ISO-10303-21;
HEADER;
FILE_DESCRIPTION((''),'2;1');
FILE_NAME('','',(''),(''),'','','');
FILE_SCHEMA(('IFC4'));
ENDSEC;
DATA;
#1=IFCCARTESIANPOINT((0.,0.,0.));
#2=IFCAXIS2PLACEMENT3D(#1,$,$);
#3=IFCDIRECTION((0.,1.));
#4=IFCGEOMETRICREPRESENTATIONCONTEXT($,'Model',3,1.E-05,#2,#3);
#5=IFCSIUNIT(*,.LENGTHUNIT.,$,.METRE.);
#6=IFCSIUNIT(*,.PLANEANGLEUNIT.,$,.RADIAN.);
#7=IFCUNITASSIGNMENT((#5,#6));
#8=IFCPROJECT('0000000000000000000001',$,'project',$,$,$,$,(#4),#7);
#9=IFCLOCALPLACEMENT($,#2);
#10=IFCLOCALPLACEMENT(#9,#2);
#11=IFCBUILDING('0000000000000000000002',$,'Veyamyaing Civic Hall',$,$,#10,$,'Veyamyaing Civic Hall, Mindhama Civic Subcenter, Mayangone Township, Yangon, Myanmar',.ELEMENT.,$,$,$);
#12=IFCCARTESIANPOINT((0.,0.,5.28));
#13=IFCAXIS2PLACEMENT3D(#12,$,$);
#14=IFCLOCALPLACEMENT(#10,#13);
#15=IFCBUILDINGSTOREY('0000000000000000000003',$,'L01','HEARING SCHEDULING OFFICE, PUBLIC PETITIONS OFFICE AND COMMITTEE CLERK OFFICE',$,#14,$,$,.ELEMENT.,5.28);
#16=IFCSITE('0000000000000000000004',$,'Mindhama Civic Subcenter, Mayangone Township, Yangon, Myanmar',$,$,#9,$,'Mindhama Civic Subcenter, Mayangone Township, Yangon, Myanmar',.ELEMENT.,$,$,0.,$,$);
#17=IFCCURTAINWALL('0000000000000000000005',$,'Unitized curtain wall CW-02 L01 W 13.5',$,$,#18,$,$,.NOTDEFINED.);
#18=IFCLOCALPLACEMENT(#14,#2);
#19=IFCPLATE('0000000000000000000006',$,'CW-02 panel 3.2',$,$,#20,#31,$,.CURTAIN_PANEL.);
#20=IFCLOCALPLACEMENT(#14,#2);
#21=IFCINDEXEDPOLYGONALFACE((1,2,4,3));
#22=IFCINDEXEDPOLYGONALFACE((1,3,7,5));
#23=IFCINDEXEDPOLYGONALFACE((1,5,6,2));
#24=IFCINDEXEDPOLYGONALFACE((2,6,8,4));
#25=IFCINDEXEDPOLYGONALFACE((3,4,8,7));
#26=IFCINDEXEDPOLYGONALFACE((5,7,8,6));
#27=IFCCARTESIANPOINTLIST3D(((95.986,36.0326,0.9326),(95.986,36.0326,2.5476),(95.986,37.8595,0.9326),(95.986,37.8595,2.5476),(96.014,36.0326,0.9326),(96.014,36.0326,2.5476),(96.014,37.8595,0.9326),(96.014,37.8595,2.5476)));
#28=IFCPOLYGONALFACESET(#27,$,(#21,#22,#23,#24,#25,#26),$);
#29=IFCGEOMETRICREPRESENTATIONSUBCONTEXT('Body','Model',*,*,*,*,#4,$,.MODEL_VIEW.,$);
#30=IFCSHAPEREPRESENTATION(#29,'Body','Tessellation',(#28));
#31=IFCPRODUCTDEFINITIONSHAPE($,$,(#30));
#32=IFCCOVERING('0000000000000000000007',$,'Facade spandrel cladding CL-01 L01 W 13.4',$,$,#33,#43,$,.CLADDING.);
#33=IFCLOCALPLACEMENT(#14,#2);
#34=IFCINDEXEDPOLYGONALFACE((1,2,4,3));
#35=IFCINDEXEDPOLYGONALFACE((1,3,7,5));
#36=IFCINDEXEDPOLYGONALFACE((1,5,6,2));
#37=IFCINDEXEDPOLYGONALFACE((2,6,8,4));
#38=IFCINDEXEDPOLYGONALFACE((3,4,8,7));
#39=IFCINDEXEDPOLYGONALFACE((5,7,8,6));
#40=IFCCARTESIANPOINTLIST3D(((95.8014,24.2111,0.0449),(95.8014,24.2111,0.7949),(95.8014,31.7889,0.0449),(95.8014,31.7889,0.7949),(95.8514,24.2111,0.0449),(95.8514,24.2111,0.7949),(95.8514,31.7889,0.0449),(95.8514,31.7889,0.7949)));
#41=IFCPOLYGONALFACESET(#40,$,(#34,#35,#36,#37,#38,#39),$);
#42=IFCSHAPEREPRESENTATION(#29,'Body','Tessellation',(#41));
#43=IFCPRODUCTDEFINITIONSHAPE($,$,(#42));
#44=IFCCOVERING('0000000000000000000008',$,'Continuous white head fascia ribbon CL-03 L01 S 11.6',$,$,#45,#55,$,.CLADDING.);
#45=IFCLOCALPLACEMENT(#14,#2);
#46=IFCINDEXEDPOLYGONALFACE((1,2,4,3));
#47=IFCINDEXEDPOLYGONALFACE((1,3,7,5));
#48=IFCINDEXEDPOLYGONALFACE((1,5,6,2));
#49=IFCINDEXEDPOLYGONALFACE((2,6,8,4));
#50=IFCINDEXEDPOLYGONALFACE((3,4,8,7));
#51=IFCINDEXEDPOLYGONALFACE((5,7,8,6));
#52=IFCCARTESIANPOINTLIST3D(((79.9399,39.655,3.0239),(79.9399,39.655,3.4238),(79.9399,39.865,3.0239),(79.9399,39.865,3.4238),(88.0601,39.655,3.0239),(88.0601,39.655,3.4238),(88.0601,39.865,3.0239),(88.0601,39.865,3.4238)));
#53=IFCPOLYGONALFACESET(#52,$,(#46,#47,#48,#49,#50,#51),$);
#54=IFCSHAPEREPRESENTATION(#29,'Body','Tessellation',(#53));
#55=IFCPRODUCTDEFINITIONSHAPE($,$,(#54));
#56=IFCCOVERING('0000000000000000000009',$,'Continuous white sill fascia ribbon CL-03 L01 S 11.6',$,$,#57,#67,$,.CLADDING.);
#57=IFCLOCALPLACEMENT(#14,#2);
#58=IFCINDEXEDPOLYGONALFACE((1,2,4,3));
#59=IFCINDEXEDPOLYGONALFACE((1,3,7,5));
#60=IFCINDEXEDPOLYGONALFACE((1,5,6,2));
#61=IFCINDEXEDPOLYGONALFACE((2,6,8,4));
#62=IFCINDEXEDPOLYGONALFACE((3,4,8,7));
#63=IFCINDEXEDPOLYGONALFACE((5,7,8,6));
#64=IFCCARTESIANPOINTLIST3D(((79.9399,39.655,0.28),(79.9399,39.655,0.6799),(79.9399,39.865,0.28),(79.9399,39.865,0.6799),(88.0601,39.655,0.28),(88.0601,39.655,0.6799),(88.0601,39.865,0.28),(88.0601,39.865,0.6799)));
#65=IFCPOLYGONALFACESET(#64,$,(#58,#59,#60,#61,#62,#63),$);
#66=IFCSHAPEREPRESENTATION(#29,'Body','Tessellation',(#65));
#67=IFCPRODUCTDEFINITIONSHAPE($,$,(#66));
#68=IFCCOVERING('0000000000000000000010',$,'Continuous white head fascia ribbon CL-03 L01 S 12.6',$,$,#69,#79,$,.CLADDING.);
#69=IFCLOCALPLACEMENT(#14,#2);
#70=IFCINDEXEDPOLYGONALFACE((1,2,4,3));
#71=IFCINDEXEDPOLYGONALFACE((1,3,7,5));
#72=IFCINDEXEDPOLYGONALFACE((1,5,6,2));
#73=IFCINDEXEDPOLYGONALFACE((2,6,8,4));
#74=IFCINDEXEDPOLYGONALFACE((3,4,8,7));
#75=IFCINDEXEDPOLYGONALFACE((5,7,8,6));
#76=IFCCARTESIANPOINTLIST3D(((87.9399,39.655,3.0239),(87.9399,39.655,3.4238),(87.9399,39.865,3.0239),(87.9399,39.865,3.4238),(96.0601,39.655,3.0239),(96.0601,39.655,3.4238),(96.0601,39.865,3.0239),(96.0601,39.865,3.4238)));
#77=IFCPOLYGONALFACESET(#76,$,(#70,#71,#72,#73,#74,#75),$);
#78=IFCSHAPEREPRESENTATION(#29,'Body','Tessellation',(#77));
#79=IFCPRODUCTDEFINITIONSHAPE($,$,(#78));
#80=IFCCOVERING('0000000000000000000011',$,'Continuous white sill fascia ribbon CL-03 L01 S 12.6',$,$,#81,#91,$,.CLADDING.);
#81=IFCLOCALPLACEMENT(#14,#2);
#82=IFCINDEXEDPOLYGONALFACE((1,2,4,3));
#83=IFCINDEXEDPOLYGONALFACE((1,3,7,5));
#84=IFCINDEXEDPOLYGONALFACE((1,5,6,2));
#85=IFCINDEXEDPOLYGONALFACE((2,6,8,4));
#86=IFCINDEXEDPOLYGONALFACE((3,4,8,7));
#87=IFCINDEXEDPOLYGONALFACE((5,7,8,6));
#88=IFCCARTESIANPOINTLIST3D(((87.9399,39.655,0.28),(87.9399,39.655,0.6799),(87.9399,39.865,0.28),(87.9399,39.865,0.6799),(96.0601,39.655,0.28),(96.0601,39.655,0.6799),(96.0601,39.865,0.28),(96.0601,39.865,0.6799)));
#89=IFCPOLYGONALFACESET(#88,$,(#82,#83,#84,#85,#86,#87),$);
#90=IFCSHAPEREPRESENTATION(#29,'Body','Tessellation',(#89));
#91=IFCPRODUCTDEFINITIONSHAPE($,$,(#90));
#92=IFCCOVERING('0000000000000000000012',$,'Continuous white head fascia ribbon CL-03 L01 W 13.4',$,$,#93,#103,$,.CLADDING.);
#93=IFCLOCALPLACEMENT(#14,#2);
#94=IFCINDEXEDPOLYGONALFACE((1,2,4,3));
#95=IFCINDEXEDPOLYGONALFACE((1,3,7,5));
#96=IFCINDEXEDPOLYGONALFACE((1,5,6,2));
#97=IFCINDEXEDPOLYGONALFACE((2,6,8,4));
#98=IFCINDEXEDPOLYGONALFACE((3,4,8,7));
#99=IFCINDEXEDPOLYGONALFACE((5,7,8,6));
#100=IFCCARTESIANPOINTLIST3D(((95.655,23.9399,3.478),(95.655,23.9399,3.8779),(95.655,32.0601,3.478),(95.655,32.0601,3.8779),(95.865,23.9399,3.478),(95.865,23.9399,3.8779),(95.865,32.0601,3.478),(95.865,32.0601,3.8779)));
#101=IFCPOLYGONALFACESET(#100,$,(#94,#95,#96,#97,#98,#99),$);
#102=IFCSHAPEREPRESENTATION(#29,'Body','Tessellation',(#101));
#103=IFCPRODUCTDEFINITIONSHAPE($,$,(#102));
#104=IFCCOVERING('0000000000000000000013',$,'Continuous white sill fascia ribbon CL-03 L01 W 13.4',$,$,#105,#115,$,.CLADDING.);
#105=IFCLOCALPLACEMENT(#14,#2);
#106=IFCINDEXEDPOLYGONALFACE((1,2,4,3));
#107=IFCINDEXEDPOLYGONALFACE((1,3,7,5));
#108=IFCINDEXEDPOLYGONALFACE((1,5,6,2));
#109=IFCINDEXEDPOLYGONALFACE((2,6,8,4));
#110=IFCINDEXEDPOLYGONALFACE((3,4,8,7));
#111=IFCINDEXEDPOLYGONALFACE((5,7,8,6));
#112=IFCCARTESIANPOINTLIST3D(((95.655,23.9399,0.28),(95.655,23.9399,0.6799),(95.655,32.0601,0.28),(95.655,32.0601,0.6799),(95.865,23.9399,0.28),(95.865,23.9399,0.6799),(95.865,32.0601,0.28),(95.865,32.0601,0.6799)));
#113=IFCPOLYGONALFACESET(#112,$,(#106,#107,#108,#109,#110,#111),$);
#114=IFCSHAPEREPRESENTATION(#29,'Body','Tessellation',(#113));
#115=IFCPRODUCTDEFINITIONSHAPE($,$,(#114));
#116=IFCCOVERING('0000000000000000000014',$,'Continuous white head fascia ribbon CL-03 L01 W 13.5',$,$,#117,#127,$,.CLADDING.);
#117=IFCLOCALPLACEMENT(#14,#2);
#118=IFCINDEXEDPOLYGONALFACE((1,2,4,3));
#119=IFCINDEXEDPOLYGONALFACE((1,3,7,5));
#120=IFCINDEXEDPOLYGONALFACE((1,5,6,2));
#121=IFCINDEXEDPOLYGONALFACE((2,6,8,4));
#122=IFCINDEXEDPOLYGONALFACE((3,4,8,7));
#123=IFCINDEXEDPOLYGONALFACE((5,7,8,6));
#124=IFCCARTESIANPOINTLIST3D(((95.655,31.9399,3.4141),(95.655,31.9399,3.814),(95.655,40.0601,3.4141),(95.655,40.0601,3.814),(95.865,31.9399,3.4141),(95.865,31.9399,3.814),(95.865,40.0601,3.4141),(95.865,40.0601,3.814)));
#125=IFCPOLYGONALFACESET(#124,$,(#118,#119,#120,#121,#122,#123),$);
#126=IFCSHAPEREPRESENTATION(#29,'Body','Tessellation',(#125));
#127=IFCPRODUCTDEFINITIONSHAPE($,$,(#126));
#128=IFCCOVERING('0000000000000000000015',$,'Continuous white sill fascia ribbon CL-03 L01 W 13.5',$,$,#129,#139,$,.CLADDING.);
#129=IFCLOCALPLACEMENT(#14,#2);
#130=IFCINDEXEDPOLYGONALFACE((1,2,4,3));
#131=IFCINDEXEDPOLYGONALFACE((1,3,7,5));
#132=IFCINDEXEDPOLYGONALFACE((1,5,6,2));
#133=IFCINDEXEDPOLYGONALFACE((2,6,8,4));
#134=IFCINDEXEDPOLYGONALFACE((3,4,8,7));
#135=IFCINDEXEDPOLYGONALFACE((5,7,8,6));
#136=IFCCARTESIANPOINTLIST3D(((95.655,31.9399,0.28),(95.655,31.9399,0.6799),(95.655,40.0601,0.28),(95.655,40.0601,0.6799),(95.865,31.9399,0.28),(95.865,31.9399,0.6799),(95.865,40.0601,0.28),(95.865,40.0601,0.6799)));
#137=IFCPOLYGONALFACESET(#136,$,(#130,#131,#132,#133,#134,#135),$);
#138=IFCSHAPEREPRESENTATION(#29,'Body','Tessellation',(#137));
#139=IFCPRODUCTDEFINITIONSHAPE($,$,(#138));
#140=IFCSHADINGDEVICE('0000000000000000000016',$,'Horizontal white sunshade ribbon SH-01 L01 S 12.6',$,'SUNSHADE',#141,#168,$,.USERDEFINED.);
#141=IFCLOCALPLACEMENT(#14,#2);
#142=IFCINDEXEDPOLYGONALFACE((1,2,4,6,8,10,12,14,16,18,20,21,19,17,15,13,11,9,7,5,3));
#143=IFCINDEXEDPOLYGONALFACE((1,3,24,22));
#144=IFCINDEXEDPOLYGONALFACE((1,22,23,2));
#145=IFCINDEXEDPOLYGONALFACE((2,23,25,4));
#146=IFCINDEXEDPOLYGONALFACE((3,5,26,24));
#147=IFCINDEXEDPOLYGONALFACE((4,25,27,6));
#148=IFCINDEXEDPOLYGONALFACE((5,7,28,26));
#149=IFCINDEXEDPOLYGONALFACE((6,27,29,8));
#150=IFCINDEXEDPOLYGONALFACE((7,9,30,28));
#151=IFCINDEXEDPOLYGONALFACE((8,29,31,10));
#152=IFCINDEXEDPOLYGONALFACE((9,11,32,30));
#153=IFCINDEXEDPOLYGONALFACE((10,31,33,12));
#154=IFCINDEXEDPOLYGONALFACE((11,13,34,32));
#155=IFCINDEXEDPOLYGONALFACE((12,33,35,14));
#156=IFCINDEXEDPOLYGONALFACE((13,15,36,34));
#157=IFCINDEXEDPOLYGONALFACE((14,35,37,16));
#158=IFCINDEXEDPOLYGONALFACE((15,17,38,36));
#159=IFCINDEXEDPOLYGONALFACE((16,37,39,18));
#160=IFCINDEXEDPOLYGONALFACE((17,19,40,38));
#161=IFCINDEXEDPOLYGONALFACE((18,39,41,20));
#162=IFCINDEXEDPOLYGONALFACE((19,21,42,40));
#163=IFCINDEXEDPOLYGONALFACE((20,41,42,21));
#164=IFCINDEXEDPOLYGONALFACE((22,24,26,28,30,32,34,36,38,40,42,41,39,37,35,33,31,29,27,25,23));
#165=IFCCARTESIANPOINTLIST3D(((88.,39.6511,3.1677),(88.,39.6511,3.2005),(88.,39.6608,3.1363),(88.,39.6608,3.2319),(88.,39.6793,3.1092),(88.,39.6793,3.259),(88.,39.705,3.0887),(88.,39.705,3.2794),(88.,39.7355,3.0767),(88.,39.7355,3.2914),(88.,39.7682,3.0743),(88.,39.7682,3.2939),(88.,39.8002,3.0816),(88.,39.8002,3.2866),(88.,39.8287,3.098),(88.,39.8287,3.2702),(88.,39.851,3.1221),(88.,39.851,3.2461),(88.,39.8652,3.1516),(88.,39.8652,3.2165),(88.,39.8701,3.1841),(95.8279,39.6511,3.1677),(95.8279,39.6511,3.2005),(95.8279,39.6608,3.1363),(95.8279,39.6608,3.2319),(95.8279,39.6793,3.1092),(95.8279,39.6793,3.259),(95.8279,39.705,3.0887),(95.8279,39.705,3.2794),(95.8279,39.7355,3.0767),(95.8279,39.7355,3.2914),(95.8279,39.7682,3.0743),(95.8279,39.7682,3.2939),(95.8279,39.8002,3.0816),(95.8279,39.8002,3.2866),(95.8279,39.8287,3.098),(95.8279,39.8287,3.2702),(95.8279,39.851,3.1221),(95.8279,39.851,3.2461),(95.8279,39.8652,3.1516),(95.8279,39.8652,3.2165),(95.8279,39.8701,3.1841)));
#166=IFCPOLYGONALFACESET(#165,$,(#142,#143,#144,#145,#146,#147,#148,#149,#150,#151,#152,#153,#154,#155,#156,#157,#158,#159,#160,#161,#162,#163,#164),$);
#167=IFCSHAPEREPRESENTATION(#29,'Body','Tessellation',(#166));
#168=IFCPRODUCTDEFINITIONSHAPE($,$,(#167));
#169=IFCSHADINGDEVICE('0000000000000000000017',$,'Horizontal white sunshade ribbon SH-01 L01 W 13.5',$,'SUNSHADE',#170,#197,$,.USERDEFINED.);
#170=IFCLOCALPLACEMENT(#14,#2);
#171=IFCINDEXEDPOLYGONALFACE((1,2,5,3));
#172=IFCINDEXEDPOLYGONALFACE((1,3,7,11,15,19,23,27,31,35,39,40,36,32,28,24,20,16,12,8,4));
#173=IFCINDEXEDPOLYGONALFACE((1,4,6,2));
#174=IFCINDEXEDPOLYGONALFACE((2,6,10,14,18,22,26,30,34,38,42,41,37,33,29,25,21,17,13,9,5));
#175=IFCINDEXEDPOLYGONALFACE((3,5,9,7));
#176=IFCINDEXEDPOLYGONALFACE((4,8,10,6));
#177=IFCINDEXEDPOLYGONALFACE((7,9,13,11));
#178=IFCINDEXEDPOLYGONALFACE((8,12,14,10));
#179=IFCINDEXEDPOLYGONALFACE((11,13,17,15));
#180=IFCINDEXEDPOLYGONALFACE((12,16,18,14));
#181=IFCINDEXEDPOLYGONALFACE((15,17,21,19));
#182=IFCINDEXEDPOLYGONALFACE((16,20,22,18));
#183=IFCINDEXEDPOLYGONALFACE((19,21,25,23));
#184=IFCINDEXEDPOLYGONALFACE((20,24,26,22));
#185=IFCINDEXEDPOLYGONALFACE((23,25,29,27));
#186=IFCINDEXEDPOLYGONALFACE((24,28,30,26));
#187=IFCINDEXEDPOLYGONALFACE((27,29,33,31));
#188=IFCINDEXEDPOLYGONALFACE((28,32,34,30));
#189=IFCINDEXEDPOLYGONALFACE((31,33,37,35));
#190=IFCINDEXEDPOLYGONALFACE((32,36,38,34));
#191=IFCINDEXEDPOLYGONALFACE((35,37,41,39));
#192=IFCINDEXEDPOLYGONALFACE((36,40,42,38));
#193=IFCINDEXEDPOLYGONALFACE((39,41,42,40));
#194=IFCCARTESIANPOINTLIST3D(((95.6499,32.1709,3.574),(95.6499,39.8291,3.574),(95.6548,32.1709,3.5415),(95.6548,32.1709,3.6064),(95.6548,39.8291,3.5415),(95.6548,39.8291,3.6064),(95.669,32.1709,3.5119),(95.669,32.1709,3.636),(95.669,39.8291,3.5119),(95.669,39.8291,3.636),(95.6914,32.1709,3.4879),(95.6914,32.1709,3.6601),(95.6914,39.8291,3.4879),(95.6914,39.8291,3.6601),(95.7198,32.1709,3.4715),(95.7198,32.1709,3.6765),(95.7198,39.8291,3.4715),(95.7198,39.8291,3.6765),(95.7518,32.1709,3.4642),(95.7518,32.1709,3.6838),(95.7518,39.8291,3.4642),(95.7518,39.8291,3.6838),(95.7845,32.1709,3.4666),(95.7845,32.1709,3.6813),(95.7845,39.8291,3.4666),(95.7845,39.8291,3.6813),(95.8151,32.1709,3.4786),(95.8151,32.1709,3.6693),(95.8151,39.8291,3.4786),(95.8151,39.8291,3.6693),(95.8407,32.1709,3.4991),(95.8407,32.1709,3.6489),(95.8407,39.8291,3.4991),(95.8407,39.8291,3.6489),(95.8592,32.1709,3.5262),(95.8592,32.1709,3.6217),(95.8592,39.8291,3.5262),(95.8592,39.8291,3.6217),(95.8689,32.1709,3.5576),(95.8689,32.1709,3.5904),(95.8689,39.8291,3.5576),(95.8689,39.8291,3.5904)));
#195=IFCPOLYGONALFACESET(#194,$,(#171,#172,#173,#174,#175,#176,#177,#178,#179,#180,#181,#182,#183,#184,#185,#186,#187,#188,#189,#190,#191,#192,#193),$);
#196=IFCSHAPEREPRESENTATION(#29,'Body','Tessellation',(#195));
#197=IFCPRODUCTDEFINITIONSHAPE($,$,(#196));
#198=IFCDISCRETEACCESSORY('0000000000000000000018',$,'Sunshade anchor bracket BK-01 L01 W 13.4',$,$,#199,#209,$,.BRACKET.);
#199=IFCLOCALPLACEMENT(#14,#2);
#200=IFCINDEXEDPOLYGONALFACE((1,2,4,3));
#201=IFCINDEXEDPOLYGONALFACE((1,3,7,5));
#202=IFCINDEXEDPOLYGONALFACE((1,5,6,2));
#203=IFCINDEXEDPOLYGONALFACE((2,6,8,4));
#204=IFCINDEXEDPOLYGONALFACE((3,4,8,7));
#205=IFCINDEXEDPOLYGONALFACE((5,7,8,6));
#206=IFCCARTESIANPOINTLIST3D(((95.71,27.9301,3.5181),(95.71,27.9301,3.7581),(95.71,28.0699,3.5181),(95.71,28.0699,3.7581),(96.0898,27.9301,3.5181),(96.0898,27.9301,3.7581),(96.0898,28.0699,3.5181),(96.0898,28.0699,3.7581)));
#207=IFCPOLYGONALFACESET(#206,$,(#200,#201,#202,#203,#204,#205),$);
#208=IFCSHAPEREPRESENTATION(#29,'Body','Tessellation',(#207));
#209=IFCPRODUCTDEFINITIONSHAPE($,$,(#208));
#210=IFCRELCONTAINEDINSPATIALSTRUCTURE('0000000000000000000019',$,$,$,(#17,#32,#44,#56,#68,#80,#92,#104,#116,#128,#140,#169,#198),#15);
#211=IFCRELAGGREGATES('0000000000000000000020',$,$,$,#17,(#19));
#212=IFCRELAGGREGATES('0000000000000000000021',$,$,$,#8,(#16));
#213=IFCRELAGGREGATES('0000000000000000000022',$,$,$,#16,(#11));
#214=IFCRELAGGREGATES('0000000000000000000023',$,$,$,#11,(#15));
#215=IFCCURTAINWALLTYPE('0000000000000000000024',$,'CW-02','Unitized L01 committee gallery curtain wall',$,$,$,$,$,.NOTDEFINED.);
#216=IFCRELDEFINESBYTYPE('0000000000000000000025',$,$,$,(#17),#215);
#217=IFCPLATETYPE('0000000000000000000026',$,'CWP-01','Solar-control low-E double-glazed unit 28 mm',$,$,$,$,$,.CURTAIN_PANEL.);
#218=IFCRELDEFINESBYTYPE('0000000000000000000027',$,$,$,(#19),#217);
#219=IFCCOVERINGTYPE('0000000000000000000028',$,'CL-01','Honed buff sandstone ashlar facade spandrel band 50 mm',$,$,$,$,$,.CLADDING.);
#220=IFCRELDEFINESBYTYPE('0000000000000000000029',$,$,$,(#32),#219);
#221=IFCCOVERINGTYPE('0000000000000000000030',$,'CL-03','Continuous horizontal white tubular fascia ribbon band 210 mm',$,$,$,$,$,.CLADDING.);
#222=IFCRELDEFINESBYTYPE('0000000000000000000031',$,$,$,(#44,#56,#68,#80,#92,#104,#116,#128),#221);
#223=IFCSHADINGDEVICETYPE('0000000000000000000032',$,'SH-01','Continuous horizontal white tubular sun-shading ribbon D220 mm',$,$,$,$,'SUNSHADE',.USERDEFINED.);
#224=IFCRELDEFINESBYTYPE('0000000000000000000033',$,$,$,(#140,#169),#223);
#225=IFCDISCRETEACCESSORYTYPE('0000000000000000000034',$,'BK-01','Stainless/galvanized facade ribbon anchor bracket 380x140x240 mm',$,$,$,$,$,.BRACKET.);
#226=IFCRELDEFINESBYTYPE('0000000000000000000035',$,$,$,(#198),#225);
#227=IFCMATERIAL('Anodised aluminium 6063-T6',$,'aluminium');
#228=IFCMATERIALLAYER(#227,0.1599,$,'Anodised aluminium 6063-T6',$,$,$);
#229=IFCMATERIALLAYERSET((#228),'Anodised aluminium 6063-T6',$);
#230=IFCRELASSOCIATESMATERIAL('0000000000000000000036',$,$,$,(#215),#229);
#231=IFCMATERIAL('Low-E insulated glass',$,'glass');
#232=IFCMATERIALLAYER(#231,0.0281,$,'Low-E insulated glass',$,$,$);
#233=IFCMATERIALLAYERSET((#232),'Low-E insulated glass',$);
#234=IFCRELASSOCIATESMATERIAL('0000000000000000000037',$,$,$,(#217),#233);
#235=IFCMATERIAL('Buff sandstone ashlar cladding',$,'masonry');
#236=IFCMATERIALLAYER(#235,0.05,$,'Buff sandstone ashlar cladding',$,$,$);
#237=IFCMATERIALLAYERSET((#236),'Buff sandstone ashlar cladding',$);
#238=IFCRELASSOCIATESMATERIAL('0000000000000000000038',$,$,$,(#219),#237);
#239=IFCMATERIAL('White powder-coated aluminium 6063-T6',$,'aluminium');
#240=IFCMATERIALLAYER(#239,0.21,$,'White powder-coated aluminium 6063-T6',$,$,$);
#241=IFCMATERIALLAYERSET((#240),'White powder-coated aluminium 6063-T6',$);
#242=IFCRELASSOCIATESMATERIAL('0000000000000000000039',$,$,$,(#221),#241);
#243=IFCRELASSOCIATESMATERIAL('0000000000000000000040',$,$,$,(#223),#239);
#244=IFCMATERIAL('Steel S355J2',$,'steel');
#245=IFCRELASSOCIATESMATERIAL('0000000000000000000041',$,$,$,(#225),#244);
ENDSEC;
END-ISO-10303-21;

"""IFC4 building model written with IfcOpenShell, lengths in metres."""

from ifc_helpers import new_model, si_unit, direction, frame, origin, origin_2d, place, context, subcontext, project, spatial, rectangle, circle, extrude, material, layer, layer_set, material_profile, profile_set, type_object, element, aggregate, save


model = new_model("IFC4")

# Units and contexts
model_context = context("Model", 3, precision=1e-05, world=origin(), true_north=direction((0.0, 1.0)))
body_context = subcontext(model_context, "Body", "Model", "MODEL_VIEW")
ifc_project = project(units=[si_unit("LENGTHUNIT", "METRE"), si_unit("PLANEANGLEUNIT", "RADIAN")], contexts=[model_context])

# Site, building, storey
site_placement = place(None, origin())
site = spatial("IfcSite", under=ifc_project, at=site_placement, Name="Mindhama Civic Subcenter, Mayangone Township, Yangon, Myanmar", LongName="Mindhama Civic Subcenter, Mayangone Township, Yangon, Myanmar", CompositionType="ELEMENT", RefElevation=0.0)
building_placement = place(site_placement, origin())
building = spatial("IfcBuilding", under=site, at=building_placement, Name="Veyamyaing Civic Hall", LongName="Veyamyaing Civic Hall, Mindhama Civic Subcenter, Mayangone Township, Yangon, Myanmar", CompositionType="ELEMENT")
storey_placement = place(building_placement, frame((0.0, 0.0, 5.28)))
storey = spatial("IfcBuildingStorey", under=building, at=storey_placement, Name="L01", Description="HEARING SCHEDULING OFFICE, PUBLIC PETITIONS OFFICE AND COMMITTEE CLERK OFFICE", CompositionType="ELEMENT", Elevation=5.28)

# Shared definitions
ifc_material_1 = material(Name="Steel S355J2", Category="steel")

# Curtain wall, plate
ifc_material_2 = material(Name="Anodised aluminium 6063-T6", Category="aluminium")
ifc_layer_1 = layer(ifc_material_2, 0.1599, Name="Anodised aluminium 6063-T6")
ifc_layer_set_1 = layer_set([ifc_layer_1], Name="Anodised aluminium 6063-T6")
curtain_wall_type = type_object("IfcCurtainWallType", Name="CW-02", Description="Unitized L01 committee gallery curtain wall", PredefinedType="NOTDEFINED", material=ifc_layer_set_1)
curtain_wall_placement = place(storey_placement, origin())
curtain_wall = element("IfcCurtainWall", 1, at=curtain_wall_placement, inside=storey, type_object=curtain_wall_type, Name="Unitized curtain wall CW-02 L01 W 13.5", PredefinedType="NOTDEFINED")
ifc_material_3 = material(Name="Low-E insulated glass", Category="glass")
ifc_layer_2 = layer(ifc_material_3, 0.0281, Name="Low-E insulated glass")
ifc_layer_set_2 = layer_set([ifc_layer_2], Name="Low-E insulated glass")
plate_type = type_object("IfcPlateType", Name="CWP-01", Description="Solar-control low-E double-glazed unit 28 mm", PredefinedType="CURTAIN_PANEL", material=ifc_layer_set_2)
plate_1_placement = place(storey_placement, frame((96.0, 36.946, 0.9326), z_axis=(0.0, 0.0, 1.0), x_axis=(0.0, 1.0, 0.0)))
plate_1 = element("IfcPlate", 2, at=plate_1_placement, type_object=plate_type, Name="CW-02 panel 3.2", PredefinedType="CURTAIN_PANEL", context=body_context, shape_type="SweptSolid", body=[
    extrude(rectangle(XDim=1.8269, YDim=0.0281, at=origin_2d()), origin(), (0.0, 0.0, 1.0), 1.615),
])
aggregate(curtain_wall, [plate_1])

# Coverings
ifc_material_4 = material(Name="Buff sandstone ashlar cladding", Category="masonry")
ifc_layer_3 = layer(ifc_material_4, 0.05, Name="Buff sandstone ashlar cladding")
ifc_layer_set_3 = layer_set([ifc_layer_3], Name="Buff sandstone ashlar cladding")
covering_type_1 = type_object("IfcCoveringType", Name="CL-01", Description="Honed buff sandstone ashlar facade spandrel band 50 mm", PredefinedType="CLADDING", material=ifc_layer_set_3)
covering_placement = place(storey_placement, frame((95.8264, 28.0, 0.0449), z_axis=(0.0, 0.0, 1.0), x_axis=(0.0, 1.0, 0.0)))
element("IfcCovering", 3, at=covering_placement, inside=storey, type_object=covering_type_1, Name="Facade spandrel cladding CL-01 L01 W 13.4", PredefinedType="CLADDING", context=body_context, shape_type="SweptSolid", body=[
    extrude(rectangle(XDim=7.5779, YDim=0.05, at=origin_2d()), origin(), (0.0, 0.0, 1.0), 0.75),
])
ifc_material_5 = material(Name="White powder-coated aluminium 6063-T6", Category="aluminium")
ifc_layer_4 = layer(ifc_material_5, 0.21, Name="White powder-coated aluminium 6063-T6")
ifc_layer_set_4 = layer_set([ifc_layer_4], Name="White powder-coated aluminium 6063-T6")
covering_type_2 = type_object("IfcCoveringType", Name="CL-03", Description="Continuous horizontal white tubular fascia ribbon band 210 mm", PredefinedType="CLADDING", material=ifc_layer_set_4)
for number, where, z_axis, x_axis, name in (
    (4, (84.0, 39.76, 3.0239), (0.0, 0.0, 1.0), (1.0, 0.0, 0.0), "Continuous white head fascia ribbon CL-03 L01 S 11.6"),
    (5, (84.0, 39.76, 0.28), (0.0, 0.0, 1.0), (1.0, 0.0, 0.0), "Continuous white sill fascia ribbon CL-03 L01 S 11.6"),
    (6, (92.0, 39.76, 3.0239), (0.0, 0.0, 1.0), (1.0, 0.0, 0.0), "Continuous white head fascia ribbon CL-03 L01 S 12.6"),
    (7, (92.0, 39.76, 0.28), (0.0, 0.0, 1.0), (1.0, 0.0, 0.0), "Continuous white sill fascia ribbon CL-03 L01 S 12.6"),
    (8, (95.76, 28.0, 3.478), (0.0, 0.0, 1.0), (0.0, 1.0, 0.0), "Continuous white head fascia ribbon CL-03 L01 W 13.4"),
    (9, (95.76, 28.0, 0.28), (0.0, 0.0, 1.0), (0.0, 1.0, 0.0), "Continuous white sill fascia ribbon CL-03 L01 W 13.4"),
    (10, (95.76, 36.0, 3.4141), (0.0, 0.0, 1.0), (0.0, 1.0, 0.0), "Continuous white head fascia ribbon CL-03 L01 W 13.5"),
    (11, (95.76, 36.0, 0.28), (0.0, 0.0, 1.0), (0.0, 1.0, 0.0), "Continuous white sill fascia ribbon CL-03 L01 W 13.5"),
):
    element("IfcCovering", number, at=place(storey_placement, frame(where, z_axis=z_axis, x_axis=x_axis)), inside=storey, type_object=covering_type_2, Name=name, PredefinedType="CLADDING", context=body_context, shape_type="SweptSolid", body=[
        extrude(rectangle(XDim=8.1201, YDim=0.21, at=origin_2d()), origin(), (0.0, 0.0, 1.0), 0.3999),
    ])

# Shading devices
ifc_material_profile_1 = material_profile(ifc_material_5, circle(Radius=0.1101, at=origin_2d()), Name="SHADE-TUBE-220")
ifc_profile_set_1 = profile_set([ifc_material_profile_1], Name="White powder-coated aluminium 6063-T6")
shading_device_type = type_object("IfcShadingDeviceType", Name="SH-01", Description="Continuous horizontal white tubular sun-shading ribbon D220 mm", ElementType="SUNSHADE", PredefinedType="USERDEFINED", material=ifc_profile_set_1)
shading_device_1_placement = place(storey_placement, frame((88.0, 39.76, 3.1841), z_axis=(1.0, 0.0, 0.0), x_axis=(0.0, 1.0, 0.0)))
element("IfcShadingDevice", 12, at=shading_device_1_placement, inside=storey, type_object=shading_device_type, Name="Horizontal white sunshade ribbon SH-01 L01 S 12.6", ObjectType="SUNSHADE", PredefinedType="USERDEFINED", context=body_context, shape_type="SweptSolid", body=[
    extrude(circle(Radius=0.1101, at=origin_2d()), origin(), (0.0, 0.0, 1.0), 7.8279),
])
shading_device_2_placement = place(storey_placement, frame((95.76, 32.1709, 3.574), z_axis=(0.0, 1.0, 0.0), x_axis=(-1.0, 0.0, 0.0)))
element("IfcShadingDevice", 13, at=shading_device_2_placement, inside=storey, type_object=shading_device_type, Name="Horizontal white sunshade ribbon SH-01 L01 W 13.5", ObjectType="SUNSHADE", PredefinedType="USERDEFINED", context=body_context, shape_type="SweptSolid", body=[
    extrude(circle(Radius=0.1101, at=origin_2d()), origin(), (0.0, 0.0, 1.0), 7.6582),
])

# Discrete accessory
discrete_accessory_type = type_object("IfcDiscreteAccessoryType", Name="BK-01", Description="Stainless/galvanized facade ribbon anchor bracket 380x140x240 mm", PredefinedType="BRACKET", material=ifc_material_1)
for number, where, z_axis, x_axis, name in (
    (14, (95.8999, 28.0, 3.5181), (0.0, 0.0, 1.0), (-1.0, 0.0, 0.0), "Sunshade anchor bracket BK-01 L01 W 13.4"),
):
    element("IfcDiscreteAccessory", number, at=place(storey_placement, frame(where, z_axis=z_axis, x_axis=x_axis)), inside=storey, type_object=discrete_accessory_type, Name=name, PredefinedType="BRACKET", context=body_context, shape_type="SweptSolid", body=[
        extrude(rectangle(XDim=0.3799, YDim=0.1399, at=origin_2d()), origin(), (0.0, 0.0, 1.0), 0.24),
    ])

save(model, "model.ifc")
